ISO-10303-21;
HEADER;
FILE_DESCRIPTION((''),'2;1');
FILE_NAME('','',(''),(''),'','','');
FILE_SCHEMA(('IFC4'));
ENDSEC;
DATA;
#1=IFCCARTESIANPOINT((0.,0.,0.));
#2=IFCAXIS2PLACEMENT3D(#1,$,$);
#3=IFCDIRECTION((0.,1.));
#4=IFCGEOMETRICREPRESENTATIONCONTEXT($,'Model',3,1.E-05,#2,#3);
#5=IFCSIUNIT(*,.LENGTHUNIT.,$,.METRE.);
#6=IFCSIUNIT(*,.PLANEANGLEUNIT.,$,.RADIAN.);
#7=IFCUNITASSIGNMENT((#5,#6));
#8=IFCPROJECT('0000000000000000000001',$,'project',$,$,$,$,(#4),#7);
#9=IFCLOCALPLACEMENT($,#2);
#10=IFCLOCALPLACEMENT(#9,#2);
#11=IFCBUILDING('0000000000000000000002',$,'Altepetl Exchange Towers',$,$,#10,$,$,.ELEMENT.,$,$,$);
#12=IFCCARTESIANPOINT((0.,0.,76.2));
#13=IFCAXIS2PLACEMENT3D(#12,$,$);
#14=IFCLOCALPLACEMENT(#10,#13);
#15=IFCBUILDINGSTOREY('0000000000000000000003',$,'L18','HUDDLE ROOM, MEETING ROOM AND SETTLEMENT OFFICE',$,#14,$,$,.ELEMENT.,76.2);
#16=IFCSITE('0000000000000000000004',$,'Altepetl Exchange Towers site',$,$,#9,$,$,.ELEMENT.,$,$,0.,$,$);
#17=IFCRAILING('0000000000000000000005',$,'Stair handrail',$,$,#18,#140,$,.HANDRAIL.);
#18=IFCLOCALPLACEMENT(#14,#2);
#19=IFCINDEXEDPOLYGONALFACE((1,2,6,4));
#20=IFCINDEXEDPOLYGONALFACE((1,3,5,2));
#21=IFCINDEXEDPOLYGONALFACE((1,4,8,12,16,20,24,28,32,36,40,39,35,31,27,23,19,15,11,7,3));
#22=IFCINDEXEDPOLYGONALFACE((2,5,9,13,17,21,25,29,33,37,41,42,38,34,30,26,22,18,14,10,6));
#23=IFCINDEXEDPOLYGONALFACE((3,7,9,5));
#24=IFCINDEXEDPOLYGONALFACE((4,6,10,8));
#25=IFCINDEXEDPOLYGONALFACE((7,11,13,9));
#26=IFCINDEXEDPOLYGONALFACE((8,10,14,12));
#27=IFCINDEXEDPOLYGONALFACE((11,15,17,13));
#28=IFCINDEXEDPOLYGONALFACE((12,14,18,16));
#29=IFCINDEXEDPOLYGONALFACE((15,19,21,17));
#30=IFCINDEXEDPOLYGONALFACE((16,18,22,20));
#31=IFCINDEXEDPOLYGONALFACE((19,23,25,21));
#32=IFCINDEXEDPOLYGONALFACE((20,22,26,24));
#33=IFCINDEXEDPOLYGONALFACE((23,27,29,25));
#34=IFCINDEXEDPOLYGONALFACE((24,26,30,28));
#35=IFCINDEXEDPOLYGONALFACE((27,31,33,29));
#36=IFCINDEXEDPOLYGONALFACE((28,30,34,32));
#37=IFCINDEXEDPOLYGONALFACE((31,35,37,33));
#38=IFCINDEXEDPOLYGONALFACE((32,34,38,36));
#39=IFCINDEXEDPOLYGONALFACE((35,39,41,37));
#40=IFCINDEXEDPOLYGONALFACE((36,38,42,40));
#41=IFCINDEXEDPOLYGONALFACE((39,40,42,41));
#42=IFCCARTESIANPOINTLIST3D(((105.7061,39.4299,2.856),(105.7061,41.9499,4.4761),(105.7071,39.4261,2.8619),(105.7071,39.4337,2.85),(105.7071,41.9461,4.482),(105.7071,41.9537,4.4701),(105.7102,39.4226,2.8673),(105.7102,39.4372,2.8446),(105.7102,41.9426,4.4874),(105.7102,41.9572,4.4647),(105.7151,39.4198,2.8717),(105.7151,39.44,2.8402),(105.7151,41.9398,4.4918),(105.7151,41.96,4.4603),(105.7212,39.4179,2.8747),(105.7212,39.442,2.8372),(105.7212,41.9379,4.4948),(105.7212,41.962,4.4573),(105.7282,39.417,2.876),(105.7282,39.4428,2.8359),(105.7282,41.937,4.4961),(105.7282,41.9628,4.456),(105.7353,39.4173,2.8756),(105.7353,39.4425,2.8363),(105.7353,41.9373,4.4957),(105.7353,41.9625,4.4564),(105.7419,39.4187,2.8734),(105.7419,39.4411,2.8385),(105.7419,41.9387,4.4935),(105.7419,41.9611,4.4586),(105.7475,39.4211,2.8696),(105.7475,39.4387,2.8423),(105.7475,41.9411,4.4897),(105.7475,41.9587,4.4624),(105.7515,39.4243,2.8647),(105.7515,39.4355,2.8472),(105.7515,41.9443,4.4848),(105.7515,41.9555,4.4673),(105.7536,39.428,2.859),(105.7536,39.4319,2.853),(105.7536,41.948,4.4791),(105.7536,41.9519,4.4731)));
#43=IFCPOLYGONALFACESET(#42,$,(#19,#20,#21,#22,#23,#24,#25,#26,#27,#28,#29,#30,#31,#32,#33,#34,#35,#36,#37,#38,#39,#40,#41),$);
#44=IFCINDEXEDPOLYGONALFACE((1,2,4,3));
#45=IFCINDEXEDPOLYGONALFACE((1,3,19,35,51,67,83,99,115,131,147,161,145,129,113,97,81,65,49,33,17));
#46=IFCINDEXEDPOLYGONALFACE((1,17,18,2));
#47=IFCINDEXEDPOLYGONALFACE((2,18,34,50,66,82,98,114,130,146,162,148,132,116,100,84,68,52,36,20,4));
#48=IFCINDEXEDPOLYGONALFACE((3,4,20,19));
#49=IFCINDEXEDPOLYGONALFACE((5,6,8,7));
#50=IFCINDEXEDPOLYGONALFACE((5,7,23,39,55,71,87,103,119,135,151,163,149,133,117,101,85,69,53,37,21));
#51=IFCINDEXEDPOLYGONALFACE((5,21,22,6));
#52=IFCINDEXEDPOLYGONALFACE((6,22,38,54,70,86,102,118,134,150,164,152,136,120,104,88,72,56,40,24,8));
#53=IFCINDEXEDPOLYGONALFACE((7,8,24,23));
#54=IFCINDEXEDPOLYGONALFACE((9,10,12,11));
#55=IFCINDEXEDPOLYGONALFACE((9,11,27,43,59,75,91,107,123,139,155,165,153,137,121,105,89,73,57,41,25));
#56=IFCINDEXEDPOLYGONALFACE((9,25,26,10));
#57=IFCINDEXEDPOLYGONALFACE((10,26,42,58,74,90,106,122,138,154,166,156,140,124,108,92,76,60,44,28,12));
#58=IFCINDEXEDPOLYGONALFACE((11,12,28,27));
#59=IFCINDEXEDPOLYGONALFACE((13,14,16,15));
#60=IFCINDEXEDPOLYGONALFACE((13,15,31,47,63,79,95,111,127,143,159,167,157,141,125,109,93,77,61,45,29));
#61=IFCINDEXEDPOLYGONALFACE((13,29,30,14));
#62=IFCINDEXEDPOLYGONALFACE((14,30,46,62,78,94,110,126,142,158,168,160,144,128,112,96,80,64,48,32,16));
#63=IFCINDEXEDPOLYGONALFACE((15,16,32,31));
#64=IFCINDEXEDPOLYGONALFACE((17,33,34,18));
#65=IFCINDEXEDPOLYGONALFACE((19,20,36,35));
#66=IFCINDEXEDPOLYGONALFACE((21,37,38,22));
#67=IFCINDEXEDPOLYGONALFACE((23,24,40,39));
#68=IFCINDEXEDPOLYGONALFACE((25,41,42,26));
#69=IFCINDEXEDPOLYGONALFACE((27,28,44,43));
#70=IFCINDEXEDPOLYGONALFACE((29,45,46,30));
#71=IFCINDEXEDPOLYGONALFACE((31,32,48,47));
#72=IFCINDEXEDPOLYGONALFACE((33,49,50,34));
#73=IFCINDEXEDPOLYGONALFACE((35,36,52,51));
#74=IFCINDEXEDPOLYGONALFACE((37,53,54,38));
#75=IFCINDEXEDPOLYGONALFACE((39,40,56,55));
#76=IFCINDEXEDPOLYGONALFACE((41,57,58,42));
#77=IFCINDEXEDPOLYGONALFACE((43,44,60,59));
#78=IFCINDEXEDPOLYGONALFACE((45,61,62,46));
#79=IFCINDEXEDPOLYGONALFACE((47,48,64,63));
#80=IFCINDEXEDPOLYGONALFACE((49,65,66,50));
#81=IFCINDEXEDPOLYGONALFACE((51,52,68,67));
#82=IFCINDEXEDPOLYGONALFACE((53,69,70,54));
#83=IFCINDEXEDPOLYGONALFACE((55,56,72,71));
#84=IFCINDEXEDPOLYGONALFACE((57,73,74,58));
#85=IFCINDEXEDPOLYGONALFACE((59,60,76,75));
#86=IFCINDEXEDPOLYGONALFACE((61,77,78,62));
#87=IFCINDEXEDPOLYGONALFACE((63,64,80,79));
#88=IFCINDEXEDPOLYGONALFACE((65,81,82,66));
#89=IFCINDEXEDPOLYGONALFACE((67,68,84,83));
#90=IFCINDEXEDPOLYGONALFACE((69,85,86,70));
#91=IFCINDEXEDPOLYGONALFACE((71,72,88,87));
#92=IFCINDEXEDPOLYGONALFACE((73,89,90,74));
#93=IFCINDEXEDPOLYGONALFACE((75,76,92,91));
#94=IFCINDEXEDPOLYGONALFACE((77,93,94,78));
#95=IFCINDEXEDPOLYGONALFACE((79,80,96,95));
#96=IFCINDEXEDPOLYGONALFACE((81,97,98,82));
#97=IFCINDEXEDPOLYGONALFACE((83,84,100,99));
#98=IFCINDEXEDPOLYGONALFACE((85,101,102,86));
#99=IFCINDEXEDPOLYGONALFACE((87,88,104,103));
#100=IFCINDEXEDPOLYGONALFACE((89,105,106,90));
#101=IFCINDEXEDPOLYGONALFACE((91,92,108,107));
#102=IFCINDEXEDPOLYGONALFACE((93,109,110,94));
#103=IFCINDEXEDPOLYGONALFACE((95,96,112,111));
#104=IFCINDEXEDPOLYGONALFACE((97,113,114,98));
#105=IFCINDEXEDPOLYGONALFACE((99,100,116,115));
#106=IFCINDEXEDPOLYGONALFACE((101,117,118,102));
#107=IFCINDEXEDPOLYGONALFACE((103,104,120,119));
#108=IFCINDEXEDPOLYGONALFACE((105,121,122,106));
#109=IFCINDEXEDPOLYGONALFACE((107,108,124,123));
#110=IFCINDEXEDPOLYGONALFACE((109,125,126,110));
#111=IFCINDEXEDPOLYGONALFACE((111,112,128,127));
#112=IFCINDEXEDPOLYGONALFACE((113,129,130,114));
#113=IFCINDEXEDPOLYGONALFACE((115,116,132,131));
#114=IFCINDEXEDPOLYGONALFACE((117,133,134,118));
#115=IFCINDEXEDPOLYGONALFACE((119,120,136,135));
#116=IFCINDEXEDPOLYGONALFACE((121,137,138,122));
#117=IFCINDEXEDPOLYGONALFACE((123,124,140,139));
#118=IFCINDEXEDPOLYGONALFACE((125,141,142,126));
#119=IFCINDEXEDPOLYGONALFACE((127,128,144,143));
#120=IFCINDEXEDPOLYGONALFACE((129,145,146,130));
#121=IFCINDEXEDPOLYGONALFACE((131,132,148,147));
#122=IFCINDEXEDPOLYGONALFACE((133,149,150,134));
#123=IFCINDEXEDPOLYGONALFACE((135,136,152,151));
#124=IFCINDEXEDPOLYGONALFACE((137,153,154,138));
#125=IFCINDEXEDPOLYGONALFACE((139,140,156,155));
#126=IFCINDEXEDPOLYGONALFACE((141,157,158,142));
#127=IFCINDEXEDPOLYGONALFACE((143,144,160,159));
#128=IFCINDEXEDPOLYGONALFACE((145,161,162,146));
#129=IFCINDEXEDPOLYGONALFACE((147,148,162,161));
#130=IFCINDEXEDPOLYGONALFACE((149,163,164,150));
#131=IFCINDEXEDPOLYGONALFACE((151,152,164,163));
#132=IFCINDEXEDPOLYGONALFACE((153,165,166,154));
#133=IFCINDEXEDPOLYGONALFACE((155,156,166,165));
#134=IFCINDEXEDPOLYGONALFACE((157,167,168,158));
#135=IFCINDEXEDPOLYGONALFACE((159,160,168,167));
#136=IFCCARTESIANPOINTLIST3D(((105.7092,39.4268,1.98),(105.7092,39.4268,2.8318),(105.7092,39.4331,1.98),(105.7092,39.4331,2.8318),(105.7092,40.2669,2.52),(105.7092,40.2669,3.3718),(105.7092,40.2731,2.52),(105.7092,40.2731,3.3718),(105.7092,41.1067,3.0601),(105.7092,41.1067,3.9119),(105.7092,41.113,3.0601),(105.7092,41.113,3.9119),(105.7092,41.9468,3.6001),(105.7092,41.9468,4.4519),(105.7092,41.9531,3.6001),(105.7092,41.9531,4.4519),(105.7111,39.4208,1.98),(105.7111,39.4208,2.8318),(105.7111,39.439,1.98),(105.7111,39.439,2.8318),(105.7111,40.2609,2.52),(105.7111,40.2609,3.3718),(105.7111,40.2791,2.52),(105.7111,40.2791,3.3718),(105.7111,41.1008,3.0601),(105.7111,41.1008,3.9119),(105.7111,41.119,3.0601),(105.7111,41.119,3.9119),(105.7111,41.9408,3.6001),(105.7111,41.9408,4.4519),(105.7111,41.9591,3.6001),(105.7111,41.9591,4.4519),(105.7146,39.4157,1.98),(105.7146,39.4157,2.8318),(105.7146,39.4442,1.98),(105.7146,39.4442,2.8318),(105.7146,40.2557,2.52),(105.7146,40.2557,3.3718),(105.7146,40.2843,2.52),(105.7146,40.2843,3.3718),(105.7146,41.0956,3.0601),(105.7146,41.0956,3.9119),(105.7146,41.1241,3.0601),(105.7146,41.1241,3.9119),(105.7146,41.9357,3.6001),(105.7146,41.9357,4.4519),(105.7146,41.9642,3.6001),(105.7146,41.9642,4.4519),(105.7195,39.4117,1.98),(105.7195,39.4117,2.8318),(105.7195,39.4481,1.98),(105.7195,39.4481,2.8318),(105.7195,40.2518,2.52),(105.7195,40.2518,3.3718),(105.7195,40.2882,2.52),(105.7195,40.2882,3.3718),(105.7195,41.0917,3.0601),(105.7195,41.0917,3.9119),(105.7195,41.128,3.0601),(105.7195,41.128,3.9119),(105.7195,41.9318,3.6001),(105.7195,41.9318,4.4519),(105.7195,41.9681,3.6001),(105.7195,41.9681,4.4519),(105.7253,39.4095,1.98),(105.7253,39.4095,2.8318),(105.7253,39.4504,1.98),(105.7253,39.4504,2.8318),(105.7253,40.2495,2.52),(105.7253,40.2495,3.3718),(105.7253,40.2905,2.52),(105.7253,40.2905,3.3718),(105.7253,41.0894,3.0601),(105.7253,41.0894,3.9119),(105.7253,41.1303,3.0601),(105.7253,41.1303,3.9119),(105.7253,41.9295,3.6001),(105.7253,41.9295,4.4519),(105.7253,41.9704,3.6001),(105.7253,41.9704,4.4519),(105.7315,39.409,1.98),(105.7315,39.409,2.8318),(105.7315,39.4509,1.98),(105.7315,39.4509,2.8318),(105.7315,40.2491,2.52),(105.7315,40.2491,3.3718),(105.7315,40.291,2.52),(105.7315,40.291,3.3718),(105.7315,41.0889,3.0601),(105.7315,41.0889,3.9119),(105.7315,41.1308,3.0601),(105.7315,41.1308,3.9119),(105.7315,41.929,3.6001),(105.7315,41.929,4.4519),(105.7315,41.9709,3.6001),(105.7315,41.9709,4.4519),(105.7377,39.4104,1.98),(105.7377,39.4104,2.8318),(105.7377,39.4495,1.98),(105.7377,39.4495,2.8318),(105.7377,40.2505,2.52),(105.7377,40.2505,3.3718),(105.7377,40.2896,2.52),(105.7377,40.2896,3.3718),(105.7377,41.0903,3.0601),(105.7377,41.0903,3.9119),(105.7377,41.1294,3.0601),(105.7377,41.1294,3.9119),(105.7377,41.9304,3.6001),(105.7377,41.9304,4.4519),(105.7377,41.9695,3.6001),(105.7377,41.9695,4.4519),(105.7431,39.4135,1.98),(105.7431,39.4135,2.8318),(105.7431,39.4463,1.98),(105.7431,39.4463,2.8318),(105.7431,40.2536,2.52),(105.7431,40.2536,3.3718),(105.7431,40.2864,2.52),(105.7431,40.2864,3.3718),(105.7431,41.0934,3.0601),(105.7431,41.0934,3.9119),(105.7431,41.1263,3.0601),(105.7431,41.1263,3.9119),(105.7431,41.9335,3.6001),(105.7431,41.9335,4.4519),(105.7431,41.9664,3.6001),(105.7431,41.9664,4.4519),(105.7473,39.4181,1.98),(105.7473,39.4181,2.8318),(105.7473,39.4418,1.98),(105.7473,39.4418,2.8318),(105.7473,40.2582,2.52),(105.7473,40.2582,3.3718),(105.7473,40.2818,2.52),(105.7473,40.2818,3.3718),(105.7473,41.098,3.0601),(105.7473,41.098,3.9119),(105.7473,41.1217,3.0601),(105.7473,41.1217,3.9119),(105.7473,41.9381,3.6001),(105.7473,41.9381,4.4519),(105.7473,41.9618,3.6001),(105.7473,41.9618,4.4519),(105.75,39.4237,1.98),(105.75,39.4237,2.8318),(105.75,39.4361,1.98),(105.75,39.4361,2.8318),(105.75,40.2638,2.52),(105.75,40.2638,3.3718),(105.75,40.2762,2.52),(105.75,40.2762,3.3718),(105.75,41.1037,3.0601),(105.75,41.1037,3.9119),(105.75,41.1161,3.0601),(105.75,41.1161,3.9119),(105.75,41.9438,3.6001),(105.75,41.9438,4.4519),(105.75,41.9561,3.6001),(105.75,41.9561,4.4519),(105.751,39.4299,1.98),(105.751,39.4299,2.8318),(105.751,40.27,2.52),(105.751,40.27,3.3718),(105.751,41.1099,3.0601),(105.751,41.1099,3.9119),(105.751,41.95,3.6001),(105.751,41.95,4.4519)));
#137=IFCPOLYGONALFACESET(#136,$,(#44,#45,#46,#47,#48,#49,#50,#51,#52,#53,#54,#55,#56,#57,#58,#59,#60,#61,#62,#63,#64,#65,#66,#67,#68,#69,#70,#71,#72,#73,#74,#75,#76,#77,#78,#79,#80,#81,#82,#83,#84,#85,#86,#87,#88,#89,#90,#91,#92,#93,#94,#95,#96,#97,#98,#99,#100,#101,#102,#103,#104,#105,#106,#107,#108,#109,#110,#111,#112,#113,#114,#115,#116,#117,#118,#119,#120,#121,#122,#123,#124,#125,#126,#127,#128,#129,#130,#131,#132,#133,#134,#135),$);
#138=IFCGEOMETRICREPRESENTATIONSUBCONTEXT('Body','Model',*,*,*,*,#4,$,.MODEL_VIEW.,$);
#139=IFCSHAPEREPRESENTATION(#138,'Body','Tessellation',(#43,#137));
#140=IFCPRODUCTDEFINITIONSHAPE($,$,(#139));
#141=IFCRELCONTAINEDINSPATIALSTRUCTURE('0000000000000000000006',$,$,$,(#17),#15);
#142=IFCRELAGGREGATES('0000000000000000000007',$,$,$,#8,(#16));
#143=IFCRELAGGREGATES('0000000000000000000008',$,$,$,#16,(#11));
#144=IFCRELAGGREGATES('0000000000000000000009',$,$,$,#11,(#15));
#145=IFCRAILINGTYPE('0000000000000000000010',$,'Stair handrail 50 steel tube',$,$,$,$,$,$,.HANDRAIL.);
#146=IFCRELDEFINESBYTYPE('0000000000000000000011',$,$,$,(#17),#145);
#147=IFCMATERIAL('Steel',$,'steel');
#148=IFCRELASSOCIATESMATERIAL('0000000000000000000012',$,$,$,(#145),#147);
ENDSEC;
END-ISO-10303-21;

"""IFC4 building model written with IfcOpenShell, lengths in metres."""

from ifc_helpers import new_model, si_unit, direction, frame, origin, origin_2d, place, context, subcontext, project, spatial, circle, extrude, source, transform, mapped, material, type_object, element, save


model = new_model("IFC4")

# Units and contexts
model_context = context("Model", 3, precision=1e-05, world=origin(), true_north=direction((0.0, 1.0)))
body_context = subcontext(model_context, "Body", "Model", "MODEL_VIEW")
ifc_project = project(units=[si_unit("LENGTHUNIT", "METRE"), si_unit("PLANEANGLEUNIT", "RADIAN")], contexts=[model_context])

# Site, building, storey
site_placement = place(None, origin())
site = spatial("IfcSite", under=ifc_project, at=site_placement, Name="Altepetl Exchange Towers site", CompositionType="ELEMENT", RefElevation=0.0)
building_placement = place(site_placement, origin())
building = spatial("IfcBuilding", under=site, at=building_placement, Name="Altepetl Exchange Towers", CompositionType="ELEMENT")
storey_placement = place(building_placement, frame((0.0, 0.0, 76.2)))
storey = spatial("IfcBuildingStorey", under=building, at=storey_placement, Name="L18", Description="HUDDLE ROOM, MEETING ROOM AND SETTLEMENT OFFICE", CompositionType="ELEMENT", Elevation=76.2)

# Railing
ifc_material_1 = material(Name="Steel", Category="steel")
railing_type = type_object("IfcRailingType", Name="Stair handrail 50 steel tube", PredefinedType="HANDRAIL", material=ifc_material_1)
shared_shape = source(origin(), body_context, "Body", "SweptSolid", [
    extrude(circle(Radius=0.021, at=origin_2d()), origin(), (0.0, 0.0, 1.0), 0.8518),
])
railing_placement = place(storey_placement, frame((105.73, 39.4299, 1.98)))
element("IfcRailing", 1, at=railing_placement, inside=storey, type_object=railing_type, Name="Stair handrail", PredefinedType="HANDRAIL", context=body_context, shape_type="SweptSolid", body=[
    extrude(circle(Radius=0.0239, at=origin_2d()), frame((0.0, 0.0, 0.876), z_axis=(0.0, 0.841163, 0.540782), x_axis=(-1.0, 0.0, 0.0)), (0.0, 0.0, 1.0), 2.9958),
    mapped(shared_shape, transform((0.0, 0.0, 0.0))),
    mapped(shared_shape, transform((0.0, 0.8401, 0.54))),
    mapped(shared_shape, transform((0.0, 1.6799, 1.0801))),
    mapped(shared_shape, transform((0.0, 2.52, 1.6201))),
])

save(model, "model.ifc")
